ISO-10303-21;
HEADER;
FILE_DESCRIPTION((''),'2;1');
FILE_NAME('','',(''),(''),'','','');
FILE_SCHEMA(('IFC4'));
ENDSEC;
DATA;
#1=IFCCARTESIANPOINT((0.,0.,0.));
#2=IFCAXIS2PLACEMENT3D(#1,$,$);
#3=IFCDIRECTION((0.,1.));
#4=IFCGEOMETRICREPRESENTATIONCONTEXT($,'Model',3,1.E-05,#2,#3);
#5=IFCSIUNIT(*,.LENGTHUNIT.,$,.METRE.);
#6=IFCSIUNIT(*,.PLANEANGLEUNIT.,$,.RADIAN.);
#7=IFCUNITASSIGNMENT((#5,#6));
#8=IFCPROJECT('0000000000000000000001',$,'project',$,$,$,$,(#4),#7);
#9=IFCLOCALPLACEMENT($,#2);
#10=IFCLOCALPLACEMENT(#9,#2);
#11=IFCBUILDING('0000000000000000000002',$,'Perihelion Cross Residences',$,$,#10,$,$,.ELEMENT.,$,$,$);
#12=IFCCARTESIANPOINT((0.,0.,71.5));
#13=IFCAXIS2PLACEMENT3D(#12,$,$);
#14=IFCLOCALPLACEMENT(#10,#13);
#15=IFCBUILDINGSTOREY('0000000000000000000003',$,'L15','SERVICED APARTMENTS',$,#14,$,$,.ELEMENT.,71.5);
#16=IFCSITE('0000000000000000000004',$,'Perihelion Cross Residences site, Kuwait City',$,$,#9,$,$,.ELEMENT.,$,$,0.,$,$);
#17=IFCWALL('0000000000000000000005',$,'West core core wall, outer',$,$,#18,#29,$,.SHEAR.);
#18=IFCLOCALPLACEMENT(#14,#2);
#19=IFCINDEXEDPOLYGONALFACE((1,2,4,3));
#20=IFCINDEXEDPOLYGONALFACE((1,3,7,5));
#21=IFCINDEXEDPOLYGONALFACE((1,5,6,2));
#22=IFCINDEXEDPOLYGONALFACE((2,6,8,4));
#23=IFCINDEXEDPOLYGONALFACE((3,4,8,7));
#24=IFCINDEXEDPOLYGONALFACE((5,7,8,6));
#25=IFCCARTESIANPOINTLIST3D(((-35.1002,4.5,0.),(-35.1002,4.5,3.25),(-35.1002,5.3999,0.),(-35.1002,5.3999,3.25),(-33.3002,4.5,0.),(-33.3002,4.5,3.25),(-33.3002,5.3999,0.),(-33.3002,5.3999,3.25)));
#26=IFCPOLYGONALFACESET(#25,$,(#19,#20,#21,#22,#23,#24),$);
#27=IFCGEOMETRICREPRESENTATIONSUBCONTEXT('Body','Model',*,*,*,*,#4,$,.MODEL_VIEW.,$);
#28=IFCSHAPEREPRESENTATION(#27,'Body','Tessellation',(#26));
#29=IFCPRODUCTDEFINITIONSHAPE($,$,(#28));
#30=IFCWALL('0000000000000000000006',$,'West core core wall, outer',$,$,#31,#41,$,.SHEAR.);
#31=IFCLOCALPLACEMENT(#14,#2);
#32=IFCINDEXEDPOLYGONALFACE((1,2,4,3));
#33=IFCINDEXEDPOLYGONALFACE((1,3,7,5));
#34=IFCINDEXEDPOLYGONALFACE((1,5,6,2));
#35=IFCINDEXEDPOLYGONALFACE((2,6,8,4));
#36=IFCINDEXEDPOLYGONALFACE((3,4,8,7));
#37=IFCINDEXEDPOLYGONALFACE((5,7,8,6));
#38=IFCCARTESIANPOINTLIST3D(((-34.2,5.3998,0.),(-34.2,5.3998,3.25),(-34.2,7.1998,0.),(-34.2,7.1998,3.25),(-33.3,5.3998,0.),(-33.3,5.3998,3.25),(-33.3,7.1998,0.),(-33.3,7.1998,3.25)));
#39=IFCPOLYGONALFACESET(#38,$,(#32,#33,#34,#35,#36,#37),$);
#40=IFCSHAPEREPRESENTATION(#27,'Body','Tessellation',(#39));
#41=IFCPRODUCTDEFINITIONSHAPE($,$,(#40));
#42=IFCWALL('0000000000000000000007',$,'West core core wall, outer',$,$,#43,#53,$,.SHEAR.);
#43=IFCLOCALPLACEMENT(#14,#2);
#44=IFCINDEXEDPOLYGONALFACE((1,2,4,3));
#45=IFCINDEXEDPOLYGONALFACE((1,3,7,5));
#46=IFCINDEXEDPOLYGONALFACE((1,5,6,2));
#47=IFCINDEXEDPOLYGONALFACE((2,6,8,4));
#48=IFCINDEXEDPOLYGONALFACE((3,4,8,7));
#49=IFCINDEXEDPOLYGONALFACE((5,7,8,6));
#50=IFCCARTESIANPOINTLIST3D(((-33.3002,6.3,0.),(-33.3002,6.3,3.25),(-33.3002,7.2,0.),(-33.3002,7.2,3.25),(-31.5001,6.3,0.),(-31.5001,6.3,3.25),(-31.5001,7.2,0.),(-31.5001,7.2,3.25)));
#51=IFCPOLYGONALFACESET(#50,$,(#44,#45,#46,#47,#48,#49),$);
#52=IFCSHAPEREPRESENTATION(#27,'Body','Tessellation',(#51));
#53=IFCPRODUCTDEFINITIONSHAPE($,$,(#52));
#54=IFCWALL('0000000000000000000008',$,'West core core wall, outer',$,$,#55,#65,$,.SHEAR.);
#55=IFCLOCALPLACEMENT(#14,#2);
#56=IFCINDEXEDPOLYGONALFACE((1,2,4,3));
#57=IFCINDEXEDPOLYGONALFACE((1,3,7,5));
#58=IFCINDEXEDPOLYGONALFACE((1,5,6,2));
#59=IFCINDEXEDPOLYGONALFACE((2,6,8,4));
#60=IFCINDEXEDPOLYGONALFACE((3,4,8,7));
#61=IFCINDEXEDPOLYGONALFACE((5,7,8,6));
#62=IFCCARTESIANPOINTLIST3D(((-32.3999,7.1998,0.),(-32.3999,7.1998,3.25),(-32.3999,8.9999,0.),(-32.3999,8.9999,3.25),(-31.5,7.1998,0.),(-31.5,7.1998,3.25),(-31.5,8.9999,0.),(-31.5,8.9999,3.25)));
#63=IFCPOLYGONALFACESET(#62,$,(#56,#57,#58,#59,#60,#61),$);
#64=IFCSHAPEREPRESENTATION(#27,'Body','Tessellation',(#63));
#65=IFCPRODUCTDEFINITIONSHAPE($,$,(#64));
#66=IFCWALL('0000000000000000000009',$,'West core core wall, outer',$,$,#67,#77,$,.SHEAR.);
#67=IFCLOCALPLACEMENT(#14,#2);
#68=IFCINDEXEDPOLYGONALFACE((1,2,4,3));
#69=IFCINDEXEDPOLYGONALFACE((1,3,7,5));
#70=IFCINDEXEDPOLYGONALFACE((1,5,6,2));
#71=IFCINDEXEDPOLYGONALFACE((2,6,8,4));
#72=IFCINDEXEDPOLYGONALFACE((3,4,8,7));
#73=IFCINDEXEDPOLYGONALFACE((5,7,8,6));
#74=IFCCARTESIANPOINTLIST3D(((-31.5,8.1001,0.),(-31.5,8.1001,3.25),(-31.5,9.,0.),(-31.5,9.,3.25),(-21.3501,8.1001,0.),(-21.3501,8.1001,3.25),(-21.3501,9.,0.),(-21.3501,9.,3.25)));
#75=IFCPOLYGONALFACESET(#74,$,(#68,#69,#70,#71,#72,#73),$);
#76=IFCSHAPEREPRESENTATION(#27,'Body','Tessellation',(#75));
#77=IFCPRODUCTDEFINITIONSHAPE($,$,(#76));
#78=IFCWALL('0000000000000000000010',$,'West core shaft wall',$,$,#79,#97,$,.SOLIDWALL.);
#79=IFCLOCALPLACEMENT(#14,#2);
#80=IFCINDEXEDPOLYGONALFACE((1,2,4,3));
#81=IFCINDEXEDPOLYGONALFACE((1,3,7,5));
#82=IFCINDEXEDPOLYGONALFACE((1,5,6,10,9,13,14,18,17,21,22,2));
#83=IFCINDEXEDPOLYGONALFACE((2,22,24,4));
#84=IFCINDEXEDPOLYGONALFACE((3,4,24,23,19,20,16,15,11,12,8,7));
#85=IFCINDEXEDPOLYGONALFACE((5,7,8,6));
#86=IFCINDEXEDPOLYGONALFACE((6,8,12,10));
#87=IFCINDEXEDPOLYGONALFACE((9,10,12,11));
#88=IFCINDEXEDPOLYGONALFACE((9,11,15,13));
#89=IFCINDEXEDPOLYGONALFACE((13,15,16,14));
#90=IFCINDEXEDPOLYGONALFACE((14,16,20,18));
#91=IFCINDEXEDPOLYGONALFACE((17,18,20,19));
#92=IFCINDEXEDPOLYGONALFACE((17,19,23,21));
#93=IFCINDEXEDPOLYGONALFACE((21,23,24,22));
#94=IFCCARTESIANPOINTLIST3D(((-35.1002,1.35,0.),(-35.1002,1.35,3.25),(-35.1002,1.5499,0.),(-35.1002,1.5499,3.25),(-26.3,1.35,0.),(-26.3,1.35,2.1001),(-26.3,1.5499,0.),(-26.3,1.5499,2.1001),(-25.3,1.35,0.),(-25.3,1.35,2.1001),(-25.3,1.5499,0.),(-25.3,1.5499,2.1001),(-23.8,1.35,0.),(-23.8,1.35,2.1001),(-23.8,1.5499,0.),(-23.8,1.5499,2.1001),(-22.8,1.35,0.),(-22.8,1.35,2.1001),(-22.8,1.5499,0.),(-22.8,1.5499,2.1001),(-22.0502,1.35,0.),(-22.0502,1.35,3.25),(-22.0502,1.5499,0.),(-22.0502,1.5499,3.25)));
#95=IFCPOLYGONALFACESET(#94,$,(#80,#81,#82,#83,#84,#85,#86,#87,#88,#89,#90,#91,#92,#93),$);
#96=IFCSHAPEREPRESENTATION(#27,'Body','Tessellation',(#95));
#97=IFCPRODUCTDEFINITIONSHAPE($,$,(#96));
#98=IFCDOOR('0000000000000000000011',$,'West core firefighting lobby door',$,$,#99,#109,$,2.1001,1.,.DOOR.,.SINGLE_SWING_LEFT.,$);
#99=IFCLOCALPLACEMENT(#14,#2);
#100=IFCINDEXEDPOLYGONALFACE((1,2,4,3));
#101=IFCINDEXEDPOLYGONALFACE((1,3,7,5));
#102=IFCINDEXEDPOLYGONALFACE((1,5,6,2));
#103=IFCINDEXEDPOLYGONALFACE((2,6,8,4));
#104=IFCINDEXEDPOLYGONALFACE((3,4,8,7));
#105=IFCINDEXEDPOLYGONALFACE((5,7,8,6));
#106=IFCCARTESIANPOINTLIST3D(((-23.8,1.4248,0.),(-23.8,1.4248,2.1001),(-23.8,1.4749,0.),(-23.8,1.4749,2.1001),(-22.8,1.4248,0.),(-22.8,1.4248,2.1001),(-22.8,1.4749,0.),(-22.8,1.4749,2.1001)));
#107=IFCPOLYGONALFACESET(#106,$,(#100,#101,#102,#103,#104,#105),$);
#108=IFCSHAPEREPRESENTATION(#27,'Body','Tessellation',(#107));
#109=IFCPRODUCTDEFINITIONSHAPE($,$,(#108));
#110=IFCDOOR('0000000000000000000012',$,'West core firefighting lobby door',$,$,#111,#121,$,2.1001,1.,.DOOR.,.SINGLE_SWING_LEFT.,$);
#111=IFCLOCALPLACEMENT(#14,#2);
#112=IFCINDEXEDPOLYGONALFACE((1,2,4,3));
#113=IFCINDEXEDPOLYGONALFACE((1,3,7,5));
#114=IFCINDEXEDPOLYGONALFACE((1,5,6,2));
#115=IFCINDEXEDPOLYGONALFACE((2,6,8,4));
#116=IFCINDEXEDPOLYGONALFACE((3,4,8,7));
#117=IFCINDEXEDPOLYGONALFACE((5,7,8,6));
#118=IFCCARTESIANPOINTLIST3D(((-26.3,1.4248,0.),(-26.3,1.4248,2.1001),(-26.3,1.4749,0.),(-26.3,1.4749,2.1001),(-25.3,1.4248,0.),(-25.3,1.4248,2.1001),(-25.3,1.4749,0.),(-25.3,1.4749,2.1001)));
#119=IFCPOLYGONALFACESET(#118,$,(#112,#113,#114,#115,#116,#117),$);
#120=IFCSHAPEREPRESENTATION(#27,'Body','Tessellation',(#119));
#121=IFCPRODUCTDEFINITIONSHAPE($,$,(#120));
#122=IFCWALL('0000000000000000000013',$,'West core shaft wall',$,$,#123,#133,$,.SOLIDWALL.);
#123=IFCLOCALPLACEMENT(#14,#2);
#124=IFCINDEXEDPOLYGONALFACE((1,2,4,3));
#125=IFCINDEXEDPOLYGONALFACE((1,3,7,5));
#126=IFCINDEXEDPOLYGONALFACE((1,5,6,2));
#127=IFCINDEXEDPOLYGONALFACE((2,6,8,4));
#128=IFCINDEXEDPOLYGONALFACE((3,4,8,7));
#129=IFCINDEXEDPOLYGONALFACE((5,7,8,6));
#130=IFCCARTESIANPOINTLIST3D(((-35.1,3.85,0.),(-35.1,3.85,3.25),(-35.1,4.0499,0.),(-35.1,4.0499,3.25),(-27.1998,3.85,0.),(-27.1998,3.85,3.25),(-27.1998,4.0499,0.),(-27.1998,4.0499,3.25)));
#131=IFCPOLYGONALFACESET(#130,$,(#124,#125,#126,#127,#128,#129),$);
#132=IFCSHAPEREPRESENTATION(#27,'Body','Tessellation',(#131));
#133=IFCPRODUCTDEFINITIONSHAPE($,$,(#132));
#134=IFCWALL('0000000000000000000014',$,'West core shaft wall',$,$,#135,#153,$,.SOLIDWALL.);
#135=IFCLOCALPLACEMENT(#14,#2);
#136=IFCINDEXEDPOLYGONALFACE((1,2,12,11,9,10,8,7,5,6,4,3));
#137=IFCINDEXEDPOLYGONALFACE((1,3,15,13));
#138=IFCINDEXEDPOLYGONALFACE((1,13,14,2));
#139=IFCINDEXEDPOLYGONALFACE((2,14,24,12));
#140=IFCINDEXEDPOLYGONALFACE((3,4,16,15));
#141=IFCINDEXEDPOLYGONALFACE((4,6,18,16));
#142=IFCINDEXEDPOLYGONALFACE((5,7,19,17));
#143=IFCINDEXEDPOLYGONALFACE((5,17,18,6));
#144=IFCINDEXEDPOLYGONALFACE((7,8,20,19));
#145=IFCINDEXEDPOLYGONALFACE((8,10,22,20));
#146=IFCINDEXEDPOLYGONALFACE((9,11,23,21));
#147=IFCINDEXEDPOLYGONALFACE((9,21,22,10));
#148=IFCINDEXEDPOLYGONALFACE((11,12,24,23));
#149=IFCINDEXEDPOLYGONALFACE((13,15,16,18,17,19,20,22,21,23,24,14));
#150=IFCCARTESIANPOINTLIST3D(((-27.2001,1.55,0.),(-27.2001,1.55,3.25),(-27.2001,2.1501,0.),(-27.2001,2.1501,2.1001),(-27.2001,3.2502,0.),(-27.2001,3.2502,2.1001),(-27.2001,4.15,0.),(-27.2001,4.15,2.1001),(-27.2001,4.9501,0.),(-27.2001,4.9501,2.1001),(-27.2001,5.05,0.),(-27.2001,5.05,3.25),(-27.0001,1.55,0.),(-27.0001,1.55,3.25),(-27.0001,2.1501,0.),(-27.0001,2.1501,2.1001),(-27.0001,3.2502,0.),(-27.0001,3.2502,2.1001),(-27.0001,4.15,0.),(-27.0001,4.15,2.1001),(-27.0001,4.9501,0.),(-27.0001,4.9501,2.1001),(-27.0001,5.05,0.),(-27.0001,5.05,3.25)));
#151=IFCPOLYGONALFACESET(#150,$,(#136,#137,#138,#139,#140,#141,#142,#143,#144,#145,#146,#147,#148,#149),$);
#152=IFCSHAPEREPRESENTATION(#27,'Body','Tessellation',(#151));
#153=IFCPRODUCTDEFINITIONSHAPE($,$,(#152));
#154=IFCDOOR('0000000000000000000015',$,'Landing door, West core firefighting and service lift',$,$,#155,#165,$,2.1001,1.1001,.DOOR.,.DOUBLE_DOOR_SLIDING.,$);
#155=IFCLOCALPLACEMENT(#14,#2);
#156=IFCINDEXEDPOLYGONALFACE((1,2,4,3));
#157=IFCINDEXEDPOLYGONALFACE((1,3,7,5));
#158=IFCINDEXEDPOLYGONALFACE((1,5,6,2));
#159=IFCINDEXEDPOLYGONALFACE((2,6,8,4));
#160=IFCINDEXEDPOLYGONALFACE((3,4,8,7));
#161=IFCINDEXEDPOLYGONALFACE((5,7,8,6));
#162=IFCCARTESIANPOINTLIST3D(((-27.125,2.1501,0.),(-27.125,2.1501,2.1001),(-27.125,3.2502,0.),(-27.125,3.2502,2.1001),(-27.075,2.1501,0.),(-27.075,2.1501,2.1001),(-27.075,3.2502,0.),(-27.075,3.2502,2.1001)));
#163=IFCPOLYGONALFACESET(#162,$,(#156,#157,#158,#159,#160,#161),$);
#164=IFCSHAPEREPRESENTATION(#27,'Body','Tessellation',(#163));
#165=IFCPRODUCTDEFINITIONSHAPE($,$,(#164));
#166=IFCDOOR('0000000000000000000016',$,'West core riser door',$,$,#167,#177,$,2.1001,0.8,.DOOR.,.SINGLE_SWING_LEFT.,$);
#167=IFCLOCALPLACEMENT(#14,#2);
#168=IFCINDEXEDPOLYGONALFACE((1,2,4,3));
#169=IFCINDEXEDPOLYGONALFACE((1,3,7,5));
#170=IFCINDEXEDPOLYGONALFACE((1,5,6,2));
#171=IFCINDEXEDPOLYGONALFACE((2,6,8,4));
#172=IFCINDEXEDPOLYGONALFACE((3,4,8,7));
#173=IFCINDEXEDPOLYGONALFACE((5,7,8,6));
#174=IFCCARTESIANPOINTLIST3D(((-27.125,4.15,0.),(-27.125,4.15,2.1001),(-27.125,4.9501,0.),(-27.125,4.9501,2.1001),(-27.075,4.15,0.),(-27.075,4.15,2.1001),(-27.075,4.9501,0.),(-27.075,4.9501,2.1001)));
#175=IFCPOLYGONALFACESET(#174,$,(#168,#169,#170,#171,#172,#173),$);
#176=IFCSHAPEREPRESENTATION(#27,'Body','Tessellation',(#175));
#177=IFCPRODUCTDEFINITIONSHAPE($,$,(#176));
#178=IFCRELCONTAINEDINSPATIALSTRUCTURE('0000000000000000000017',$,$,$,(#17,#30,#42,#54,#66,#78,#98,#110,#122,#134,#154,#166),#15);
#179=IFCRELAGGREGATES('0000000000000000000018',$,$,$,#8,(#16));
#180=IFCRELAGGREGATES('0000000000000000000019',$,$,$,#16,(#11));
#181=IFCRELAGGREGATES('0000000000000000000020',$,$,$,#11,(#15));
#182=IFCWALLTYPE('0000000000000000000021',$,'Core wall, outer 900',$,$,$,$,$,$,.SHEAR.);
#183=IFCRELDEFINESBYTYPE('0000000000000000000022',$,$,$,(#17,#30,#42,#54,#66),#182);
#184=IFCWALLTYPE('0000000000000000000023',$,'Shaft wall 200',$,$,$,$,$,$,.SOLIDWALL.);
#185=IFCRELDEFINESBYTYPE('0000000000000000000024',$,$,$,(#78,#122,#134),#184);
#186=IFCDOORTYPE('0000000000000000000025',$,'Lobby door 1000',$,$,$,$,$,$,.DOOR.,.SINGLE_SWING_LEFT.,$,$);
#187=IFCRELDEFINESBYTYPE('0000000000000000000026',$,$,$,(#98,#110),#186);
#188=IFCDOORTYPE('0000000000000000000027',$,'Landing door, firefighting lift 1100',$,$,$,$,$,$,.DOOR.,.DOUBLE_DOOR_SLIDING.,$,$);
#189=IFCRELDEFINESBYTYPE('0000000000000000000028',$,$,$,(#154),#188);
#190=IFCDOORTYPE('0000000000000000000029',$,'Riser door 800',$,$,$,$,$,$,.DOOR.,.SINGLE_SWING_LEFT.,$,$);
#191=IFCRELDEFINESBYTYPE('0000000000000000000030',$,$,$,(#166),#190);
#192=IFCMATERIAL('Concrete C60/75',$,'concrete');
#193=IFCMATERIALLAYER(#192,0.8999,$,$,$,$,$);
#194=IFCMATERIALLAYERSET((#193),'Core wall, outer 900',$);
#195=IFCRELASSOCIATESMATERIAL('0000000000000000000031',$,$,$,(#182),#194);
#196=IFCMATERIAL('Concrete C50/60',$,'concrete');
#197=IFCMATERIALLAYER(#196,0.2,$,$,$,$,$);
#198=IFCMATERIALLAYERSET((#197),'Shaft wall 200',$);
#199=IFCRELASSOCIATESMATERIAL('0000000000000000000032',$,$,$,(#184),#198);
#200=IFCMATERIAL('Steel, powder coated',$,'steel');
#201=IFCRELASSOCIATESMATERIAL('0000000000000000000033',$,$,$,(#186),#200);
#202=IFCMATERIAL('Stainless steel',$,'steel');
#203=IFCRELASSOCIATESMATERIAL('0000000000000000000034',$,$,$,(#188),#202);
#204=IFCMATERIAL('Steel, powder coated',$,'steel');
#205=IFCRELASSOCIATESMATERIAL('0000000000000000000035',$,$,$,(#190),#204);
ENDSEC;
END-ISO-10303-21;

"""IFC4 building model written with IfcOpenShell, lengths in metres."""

from ifc_helpers import new_model, si_unit, direction, frame, frame_2d, origin, place, context, subcontext, project, spatial, rectangle, extrude, material, layer, layer_set, type_object, element, fill, save


model = new_model("IFC4")

# Units and contexts
model_context = context("Model", 3, precision=1e-05, world=origin(), true_north=direction((0.0, 1.0)))
body_context = subcontext(model_context, "Body", "Model", "MODEL_VIEW")
ifc_project = project(units=[si_unit("LENGTHUNIT", "METRE"), si_unit("PLANEANGLEUNIT", "RADIAN")], contexts=[model_context])

# Site, building, storey
site_placement = place(None, origin())
site = spatial("IfcSite", under=ifc_project, at=site_placement, Name="Perihelion Cross Residences site, Kuwait City", CompositionType="ELEMENT", RefElevation=0.0)
building_placement = place(site_placement, origin())
building = spatial("IfcBuilding", under=site, at=building_placement, Name="Perihelion Cross Residences", CompositionType="ELEMENT")
storey_placement = place(building_placement, frame((0.0, 0.0, 71.5)))
storey = spatial("IfcBuildingStorey", under=building, at=storey_placement, Name="L15", Description="SERVICED APARTMENTS", CompositionType="ELEMENT", Elevation=71.5)

# Walls
ifc_material_1 = material(Name="Concrete C60/75", Category="concrete")
ifc_layer_1 = layer(ifc_material_1, 0.8999)
ifc_layer_set_1 = layer_set([ifc_layer_1], Name="Core wall, outer 900")
wall_type_1 = type_object("IfcWallType", Name="Core wall, outer 900", PredefinedType="SHEAR", material=ifc_layer_set_1)
for number, where, z_axis, x_axis, name in (
    (1, (-35.1001, 4.95, 0.0), (0.0, 0.0, 1.0), (1.0, 0.0, 0.0), "West core core wall, outer"),
    (2, (-33.75, 5.3999, 0.0), (0.0, 0.0, 1.0), (0.0, 1.0, 0.0), "West core core wall, outer"),
    (3, (-33.3, 6.75, 0.0), (0.0, 0.0, 1.0), (1.0, 0.0, 0.0), "West core core wall, outer"),
    (4, (-31.95, 7.2, 0.0), (0.0, 0.0, 1.0), (0.0, 1.0, 0.0), "West core core wall, outer"),
):
    element("IfcWall", number, at=place(storey_placement, frame(where, z_axis=z_axis, x_axis=x_axis)), inside=storey, type_object=wall_type_1, Name=name, PredefinedType="SHEAR", context=body_context, shape_type="SweptSolid", body=[
        extrude(rectangle(XDim=1.8, YDim=0.8999, at=frame_2d((0.8999, 0.0))), origin(), (0.0, 0.0, 1.0), 3.25),
    ])
wall_1_placement = place(storey_placement, frame((-31.5, 8.55, 0.0), z_axis=(0.0, 0.0, 1.0), x_axis=(1.0, 0.0, 0.0)))
element("IfcWall", 5, at=wall_1_placement, inside=storey, type_object=wall_type_1, Name="West core core wall, outer", PredefinedType="SHEAR", context=body_context, shape_type="SweptSolid", body=[
    extrude(rectangle(XDim=10.1499, YDim=0.8999, at=frame_2d((5.075, 0.0))), origin(), (0.0, 0.0, 1.0), 3.25),
])

# Wall, openings, doors
ifc_material_2 = material(Name="Concrete C50/60", Category="concrete")
ifc_layer_2 = layer(ifc_material_2, 0.2)
ifc_layer_set_2 = layer_set([ifc_layer_2], Name="Shaft wall 200")
wall_type_2 = type_object("IfcWallType", Name="Shaft wall 200", PredefinedType="SOLIDWALL", material=ifc_layer_set_2)
wall_2_placement = place(storey_placement, frame((-35.1001, 1.45, 0.0), z_axis=(0.0, 0.0, 1.0), x_axis=(1.0, 0.0, 0.0)))
wall_2 = element("IfcWall", 6, at=wall_2_placement, inside=storey, type_object=wall_type_2, Name="West core shaft wall", PredefinedType="SOLIDWALL", context=body_context, shape_type="SweptSolid", body=[
    extrude(rectangle(XDim=13.05, YDim=0.2, at=frame_2d((6.5249, 0.0))), origin(), (0.0, 0.0, 1.0), 3.25),
])
opening_1_placement = place(wall_2_placement, frame((11.3, 0.0, 0.0)))
opening_1 = element("IfcOpeningElement", 7, at=opening_1_placement, cuts=wall_2, PredefinedType="OPENING", context=body_context, shape_type="SweptSolid", body=[
    extrude(rectangle(XDim=1.0, YDim=2.1001, at=frame_2d((0.5, 1.05))), frame((0.0, 0.1099, 0.0), z_axis=(0.0, -1.0, 0.0), x_axis=(1.0, 0.0, 0.0)), (0.0, 0.0, 1.0), 0.22),
])
opening_2_placement = place(wall_2_placement, frame((8.8, 0.0, 0.0)))
opening_2 = element("IfcOpeningElement", 8, at=opening_2_placement, cuts=wall_2, PredefinedType="OPENING", context=body_context, shape_type="SweptSolid", body=[
    extrude(rectangle(XDim=1.0, YDim=2.1001, at=frame_2d((0.5, 1.05))), frame((0.0, 0.1099, 0.0), z_axis=(0.0, -1.0, 0.0), x_axis=(1.0, 0.0, 0.0)), (0.0, 0.0, 1.0), 0.22),
])
ifc_material_3 = material(Name="Steel, powder coated", Category="steel")
door_type_1 = type_object("IfcDoorType", Name="Lobby door 1000", OperationType="SINGLE_SWING_LEFT", PredefinedType="DOOR", material=ifc_material_3)
door_1_placement = place(opening_1_placement, origin())
door_1 = element("IfcDoor", 9, at=door_1_placement, inside=storey, type_object=door_type_1, Name="West core firefighting lobby door", OperationType="SINGLE_SWING_LEFT", OverallHeight=2.1001, OverallWidth=1.0, PredefinedType="DOOR", context=body_context, shape_type="SweptSolid", body=[
    extrude(rectangle(XDim=1.0, YDim=2.1001, at=frame_2d((0.5, 1.05))), frame((0.0, 0.0249, 0.0), z_axis=(0.0, -1.0, 0.0), x_axis=(1.0, 0.0, 0.0)), (0.0, 0.0, 1.0), 0.05),
])
fill(opening_1, door_1)
door_2_placement = place(opening_2_placement, origin())
door_2 = element("IfcDoor", 10, at=door_2_placement, inside=storey, type_object=door_type_1, Name="West core firefighting lobby door", OperationType="SINGLE_SWING_LEFT", OverallHeight=2.1001, OverallWidth=1.0, PredefinedType="DOOR", context=body_context, shape_type="SweptSolid", body=[
    extrude(rectangle(XDim=1.0, YDim=2.1001, at=frame_2d((0.5, 1.05))), frame((0.0, 0.0249, 0.0), z_axis=(0.0, -1.0, 0.0), x_axis=(1.0, 0.0, 0.0)), (0.0, 0.0, 1.0), 0.05),
])
fill(opening_2, door_2)

# Wall
wall_3_placement = place(storey_placement, frame((-35.1001, 3.95, 0.0), z_axis=(0.0, 0.0, 1.0), x_axis=(1.0, 0.0, 0.0)))
element("IfcWall", 11, at=wall_3_placement, inside=storey, type_object=wall_type_2, Name="West core shaft wall", PredefinedType="SOLIDWALL", context=body_context, shape_type="SweptSolid", body=[
    extrude(rectangle(XDim=7.9001, YDim=0.2, at=frame_2d((3.9502, 0.0))), origin(), (0.0, 0.0, 1.0), 3.25),
])

# Wall, openings, doors
wall_4_placement = place(storey_placement, frame((-27.1001, 1.55, 0.0), z_axis=(0.0, 0.0, 1.0), x_axis=(0.0, 1.0, 0.0)))
wall_4 = element("IfcWall", 12, at=wall_4_placement, inside=storey, type_object=wall_type_2, Name="West core shaft wall", PredefinedType="SOLIDWALL", context=body_context, shape_type="SweptSolid", body=[
    extrude(rectangle(XDim=3.5, YDim=0.2, at=frame_2d((1.75, 0.0))), origin(), (0.0, 0.0, 1.0), 3.25),
])
opening_3_placement = place(wall_4_placement, frame((0.6001, 0.0, 0.0)))
opening_3 = element("IfcOpeningElement", 13, at=opening_3_placement, cuts=wall_4, PredefinedType="OPENING", context=body_context, shape_type="SweptSolid", body=[
    extrude(rectangle(XDim=1.1001, YDim=2.1001, at=frame_2d((0.55, 1.05))), frame((0.0, 0.1099, 0.0), z_axis=(0.0, -1.0, 0.0), x_axis=(1.0, 0.0, 0.0)), (0.0, 0.0, 1.0), 0.22),
])
opening_4_placement = place(wall_4_placement, frame((2.6001, 0.0, 0.0)))
opening_4 = element("IfcOpeningElement", 14, at=opening_4_placement, cuts=wall_4, PredefinedType="OPENING", context=body_context, shape_type="SweptSolid", body=[
    extrude(rectangle(XDim=0.8, YDim=2.1001, at=frame_2d((0.3999, 1.05))), frame((0.0, 0.1099, 0.0), z_axis=(0.0, -1.0, 0.0), x_axis=(1.0, 0.0, 0.0)), (0.0, 0.0, 1.0), 0.22),
])
ifc_material_4 = material(Name="Stainless steel", Category="steel")
door_type_2 = type_object("IfcDoorType", Name="Landing door, firefighting lift 1100", OperationType="DOUBLE_DOOR_SLIDING", PredefinedType="DOOR", material=ifc_material_4)
door_3_placement = place(opening_3_placement, origin())
door_3 = element("IfcDoor", 15, at=door_3_placement, inside=storey, type_object=door_type_2, Name="Landing door, West core firefighting and service lift", OperationType="DOUBLE_DOOR_SLIDING", OverallHeight=2.1001, OverallWidth=1.1001, PredefinedType="DOOR", context=body_context, shape_type="SweptSolid", body=[
    extrude(rectangle(XDim=1.1001, YDim=2.1001, at=frame_2d((0.55, 1.05))), frame((0.0, 0.0249, 0.0), z_axis=(0.0, -1.0, 0.0), x_axis=(1.0, 0.0, 0.0)), (0.0, 0.0, 1.0), 0.05),
])
fill(opening_3, door_3)
ifc_material_5 = material(Name="Steel, powder coated", Category="steel")
door_type_3 = type_object("IfcDoorType", Name="Riser door 800", OperationType="SINGLE_SWING_LEFT", PredefinedType="DOOR", material=ifc_material_5)
door_4_placement = place(opening_4_placement, origin())
door_4 = element("IfcDoor", 16, at=door_4_placement, inside=storey, type_object=door_type_3, Name="West core riser door", OperationType="SINGLE_SWING_LEFT", OverallHeight=2.1001, OverallWidth=0.8, PredefinedType="DOOR", context=body_context, shape_type="SweptSolid", body=[
    extrude(rectangle(XDim=0.8, YDim=2.1001, at=frame_2d((0.3999, 1.05))), frame((0.0, 0.0249, 0.0), z_axis=(0.0, -1.0, 0.0), x_axis=(1.0, 0.0, 0.0)), (0.0, 0.0, 1.0), 0.05),
])
fill(opening_4, door_4)

save(model, "model.ifc")
